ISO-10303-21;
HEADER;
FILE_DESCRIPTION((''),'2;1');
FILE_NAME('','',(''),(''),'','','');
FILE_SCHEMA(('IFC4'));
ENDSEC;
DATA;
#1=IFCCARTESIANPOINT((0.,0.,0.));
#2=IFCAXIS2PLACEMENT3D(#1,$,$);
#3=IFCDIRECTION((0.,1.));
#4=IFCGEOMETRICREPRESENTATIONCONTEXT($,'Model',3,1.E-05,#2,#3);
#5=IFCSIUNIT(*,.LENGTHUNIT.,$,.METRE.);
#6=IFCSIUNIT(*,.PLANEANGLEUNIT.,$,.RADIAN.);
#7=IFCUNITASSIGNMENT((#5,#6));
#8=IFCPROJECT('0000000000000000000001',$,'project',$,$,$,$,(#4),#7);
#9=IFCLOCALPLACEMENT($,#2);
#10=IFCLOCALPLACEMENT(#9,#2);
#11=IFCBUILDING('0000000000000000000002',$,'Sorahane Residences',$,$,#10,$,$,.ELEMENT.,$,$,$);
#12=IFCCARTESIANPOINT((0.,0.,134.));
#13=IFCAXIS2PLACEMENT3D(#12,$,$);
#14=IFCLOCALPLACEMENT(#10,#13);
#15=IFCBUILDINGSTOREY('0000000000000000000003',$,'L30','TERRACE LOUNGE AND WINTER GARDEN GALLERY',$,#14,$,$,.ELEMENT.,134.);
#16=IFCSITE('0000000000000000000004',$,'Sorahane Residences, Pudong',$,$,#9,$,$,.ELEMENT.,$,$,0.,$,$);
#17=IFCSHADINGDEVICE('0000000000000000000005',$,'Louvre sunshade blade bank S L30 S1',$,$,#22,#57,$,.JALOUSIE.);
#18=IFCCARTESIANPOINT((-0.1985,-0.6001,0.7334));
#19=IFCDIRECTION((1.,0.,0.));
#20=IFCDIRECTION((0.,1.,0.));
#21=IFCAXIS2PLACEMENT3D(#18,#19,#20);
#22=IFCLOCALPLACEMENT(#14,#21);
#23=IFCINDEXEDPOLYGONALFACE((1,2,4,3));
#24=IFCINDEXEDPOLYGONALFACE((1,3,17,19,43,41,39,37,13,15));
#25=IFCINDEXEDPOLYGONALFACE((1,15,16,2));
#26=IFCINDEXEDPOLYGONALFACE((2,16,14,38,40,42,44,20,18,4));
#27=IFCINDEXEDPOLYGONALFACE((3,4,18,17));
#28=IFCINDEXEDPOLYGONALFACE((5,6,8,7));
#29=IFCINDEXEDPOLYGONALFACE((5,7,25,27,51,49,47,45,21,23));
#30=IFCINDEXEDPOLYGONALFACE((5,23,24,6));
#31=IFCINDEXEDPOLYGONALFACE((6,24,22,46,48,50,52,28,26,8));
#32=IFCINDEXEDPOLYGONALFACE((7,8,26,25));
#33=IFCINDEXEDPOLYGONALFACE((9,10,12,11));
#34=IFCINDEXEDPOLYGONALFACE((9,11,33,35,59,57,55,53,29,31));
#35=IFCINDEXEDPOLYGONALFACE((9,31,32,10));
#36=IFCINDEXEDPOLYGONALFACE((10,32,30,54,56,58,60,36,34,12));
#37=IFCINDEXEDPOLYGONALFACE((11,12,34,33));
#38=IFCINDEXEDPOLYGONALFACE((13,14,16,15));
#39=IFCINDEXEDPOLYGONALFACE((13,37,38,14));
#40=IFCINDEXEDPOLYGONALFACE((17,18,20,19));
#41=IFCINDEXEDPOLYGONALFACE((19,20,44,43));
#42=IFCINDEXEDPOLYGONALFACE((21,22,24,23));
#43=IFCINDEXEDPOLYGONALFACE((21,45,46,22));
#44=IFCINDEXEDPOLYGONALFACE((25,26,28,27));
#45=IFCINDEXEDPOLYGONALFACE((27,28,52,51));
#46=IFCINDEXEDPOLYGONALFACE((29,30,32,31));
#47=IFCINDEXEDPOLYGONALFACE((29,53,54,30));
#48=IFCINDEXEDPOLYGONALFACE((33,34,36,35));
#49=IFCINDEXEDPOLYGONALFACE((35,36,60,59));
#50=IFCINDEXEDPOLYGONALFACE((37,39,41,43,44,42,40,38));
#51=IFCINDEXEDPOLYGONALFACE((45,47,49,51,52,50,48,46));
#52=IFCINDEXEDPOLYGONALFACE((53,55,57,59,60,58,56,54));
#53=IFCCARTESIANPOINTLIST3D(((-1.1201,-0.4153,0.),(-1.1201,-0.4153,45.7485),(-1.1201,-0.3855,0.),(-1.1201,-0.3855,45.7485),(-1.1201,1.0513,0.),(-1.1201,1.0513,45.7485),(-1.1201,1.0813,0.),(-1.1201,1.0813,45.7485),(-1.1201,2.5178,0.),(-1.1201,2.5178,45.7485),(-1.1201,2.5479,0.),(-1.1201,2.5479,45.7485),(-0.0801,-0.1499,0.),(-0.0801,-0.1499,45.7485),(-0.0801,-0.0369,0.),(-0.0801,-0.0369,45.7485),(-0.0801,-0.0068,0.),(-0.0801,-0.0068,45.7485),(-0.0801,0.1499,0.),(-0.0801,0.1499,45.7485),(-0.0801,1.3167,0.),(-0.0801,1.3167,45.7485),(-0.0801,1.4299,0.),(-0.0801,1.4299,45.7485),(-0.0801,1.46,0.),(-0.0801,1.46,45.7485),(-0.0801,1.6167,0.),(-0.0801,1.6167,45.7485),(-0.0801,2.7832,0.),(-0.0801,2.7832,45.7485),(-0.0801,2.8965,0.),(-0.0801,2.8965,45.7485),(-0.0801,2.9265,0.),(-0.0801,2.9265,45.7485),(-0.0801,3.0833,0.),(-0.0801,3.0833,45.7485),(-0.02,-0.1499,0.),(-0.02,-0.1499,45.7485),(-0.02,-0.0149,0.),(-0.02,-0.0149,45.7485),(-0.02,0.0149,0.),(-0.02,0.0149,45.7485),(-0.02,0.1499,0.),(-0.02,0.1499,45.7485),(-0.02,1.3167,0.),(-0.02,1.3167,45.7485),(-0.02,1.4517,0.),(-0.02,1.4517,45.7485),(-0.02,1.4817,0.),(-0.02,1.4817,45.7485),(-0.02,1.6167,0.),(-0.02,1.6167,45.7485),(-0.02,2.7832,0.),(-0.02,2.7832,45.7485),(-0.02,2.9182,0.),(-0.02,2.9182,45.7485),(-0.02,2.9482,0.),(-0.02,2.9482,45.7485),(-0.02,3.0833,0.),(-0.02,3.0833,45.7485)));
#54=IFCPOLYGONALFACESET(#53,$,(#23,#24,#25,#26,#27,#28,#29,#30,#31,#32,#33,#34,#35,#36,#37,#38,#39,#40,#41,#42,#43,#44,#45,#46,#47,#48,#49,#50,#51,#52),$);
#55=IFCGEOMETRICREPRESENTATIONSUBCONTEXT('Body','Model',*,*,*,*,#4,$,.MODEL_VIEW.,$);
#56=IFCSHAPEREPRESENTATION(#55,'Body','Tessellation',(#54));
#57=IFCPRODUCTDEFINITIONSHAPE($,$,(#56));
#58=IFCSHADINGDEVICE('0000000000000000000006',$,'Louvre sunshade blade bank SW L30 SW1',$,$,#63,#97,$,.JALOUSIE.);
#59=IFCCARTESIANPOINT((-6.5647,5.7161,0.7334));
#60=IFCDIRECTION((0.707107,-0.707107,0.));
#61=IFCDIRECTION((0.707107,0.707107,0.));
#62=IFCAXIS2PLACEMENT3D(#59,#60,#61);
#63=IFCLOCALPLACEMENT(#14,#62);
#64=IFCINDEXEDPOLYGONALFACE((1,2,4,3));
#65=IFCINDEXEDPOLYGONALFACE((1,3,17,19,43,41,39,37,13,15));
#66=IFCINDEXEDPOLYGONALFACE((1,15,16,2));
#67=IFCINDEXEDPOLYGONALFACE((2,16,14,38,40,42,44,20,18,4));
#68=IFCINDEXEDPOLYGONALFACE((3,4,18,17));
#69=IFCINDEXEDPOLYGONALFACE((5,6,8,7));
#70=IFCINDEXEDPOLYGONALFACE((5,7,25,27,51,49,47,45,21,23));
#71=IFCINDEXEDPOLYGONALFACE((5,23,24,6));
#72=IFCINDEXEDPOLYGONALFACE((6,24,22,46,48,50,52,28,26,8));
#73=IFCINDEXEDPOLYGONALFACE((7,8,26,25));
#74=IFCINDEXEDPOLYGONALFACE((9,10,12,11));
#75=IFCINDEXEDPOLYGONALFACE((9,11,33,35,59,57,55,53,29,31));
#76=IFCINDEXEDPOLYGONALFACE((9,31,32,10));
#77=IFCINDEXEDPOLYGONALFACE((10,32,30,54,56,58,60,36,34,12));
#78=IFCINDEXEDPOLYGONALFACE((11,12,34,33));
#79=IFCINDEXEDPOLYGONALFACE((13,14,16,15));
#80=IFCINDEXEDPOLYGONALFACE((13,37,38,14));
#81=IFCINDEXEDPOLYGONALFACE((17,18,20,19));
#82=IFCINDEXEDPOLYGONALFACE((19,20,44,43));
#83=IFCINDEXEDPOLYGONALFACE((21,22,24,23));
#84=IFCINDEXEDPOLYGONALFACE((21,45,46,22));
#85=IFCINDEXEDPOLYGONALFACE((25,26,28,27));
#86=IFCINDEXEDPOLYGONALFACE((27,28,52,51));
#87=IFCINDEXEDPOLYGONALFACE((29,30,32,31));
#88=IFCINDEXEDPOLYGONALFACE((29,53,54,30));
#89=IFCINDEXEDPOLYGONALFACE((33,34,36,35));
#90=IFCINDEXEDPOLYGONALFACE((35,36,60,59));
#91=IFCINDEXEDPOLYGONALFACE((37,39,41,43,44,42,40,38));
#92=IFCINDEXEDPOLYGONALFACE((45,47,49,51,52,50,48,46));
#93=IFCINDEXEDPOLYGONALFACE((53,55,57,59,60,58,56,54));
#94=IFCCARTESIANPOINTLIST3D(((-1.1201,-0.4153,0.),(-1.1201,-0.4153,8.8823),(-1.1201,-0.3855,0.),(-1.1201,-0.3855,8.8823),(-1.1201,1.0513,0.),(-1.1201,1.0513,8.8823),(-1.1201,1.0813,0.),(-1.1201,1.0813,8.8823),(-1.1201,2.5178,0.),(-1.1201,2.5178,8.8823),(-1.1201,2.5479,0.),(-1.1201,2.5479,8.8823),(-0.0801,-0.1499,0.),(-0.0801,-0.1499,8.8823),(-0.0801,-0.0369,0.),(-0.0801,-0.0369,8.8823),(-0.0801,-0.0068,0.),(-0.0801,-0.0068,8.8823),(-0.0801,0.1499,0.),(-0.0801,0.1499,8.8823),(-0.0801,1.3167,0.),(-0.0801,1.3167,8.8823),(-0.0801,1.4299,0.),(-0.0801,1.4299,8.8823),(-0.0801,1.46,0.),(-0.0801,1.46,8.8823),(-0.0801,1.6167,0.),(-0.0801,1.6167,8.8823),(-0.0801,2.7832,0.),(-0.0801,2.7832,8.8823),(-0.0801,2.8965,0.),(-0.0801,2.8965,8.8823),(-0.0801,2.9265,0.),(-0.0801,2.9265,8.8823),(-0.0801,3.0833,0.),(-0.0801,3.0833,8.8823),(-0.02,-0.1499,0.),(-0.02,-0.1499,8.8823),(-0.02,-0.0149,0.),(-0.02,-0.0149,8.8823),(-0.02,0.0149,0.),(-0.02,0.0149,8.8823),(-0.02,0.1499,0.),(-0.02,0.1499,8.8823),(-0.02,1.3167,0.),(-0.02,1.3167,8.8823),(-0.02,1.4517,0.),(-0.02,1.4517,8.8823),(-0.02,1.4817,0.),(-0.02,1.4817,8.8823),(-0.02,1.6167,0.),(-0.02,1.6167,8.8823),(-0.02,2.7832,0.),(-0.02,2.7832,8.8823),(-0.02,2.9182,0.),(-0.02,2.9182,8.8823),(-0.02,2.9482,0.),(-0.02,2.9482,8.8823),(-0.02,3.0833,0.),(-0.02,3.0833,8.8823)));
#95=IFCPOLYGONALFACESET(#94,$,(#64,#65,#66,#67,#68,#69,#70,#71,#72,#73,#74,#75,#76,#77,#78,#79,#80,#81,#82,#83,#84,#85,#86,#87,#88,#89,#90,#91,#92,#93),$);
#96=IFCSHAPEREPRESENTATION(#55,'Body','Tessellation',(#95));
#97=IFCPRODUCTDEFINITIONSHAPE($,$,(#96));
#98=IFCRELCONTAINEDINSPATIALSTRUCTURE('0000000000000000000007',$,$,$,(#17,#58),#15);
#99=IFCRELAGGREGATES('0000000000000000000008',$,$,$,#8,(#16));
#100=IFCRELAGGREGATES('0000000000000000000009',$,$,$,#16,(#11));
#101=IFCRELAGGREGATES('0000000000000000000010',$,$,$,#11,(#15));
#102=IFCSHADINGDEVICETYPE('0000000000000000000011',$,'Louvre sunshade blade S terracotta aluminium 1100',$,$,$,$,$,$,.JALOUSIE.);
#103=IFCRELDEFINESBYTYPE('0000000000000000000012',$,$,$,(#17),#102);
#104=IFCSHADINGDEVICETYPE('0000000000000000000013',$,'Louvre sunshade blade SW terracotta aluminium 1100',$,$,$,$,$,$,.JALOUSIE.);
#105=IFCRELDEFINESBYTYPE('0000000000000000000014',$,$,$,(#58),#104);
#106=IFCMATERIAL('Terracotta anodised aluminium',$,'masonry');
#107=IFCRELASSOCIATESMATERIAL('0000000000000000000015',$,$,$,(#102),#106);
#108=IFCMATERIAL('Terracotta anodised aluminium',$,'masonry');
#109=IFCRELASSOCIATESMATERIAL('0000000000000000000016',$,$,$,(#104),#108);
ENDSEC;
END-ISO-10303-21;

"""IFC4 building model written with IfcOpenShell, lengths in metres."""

from ifc_helpers import new_model, si_unit, direction, frame, origin, place, context, subcontext, project, spatial, polyline, outline, composite_profile, extrude, material, type_object, element, save


model = new_model("IFC4")

# Units and contexts
model_context = context("Model", 3, precision=1e-05, world=origin(), true_north=direction((0.0, 1.0)))
body_context = subcontext(model_context, "Body", "Model", "MODEL_VIEW")
ifc_project = project(units=[si_unit("LENGTHUNIT", "METRE"), si_unit("PLANEANGLEUNIT", "RADIAN")], contexts=[model_context])

# Site, building, storey
site_placement = place(None, origin())
site = spatial("IfcSite", under=ifc_project, at=site_placement, Name="Sorahane Residences, Pudong", CompositionType="ELEMENT", RefElevation=0.0)
building_placement = place(site_placement, origin())
building = spatial("IfcBuilding", under=site, at=building_placement, Name="Sorahane Residences", CompositionType="ELEMENT")
storey_placement = place(building_placement, frame((0.0, 0.0, 134.0)))
storey = spatial("IfcBuildingStorey", under=building, at=storey_placement, Name="L30", Description="TERRACE LOUNGE AND WINTER GARDEN GALLERY", CompositionType="ELEMENT", Elevation=134.0)

# Shading devices
ifc_material_1 = material(Name="Terracotta anodised aluminium", Category="masonry")
shading_device_type_1 = type_object("IfcShadingDeviceType", Name="Louvre sunshade blade S terracotta aluminium 1100", PredefinedType="JALOUSIE", material=ifc_material_1)
shading_device_1_placement = place(storey_placement, frame((-0.1985, -0.6001, 0.7334), z_axis=(1.0, 0.0, 0.0), x_axis=(0.0, 1.0, 0.0)))
element("IfcShadingDevice", 1, at=shading_device_1_placement, inside=storey, type_object=shading_device_type_1, Name="Louvre sunshade blade bank S L30 S1", PredefinedType="JALOUSIE", context=body_context, shape_type="SweptSolid", body=[
    extrude(composite_profile([outline(polyline([(-1.1201, -0.3855), (-1.1201, -0.4153), (-0.0801, -0.0369), (-0.0801, -0.1499), (-0.02, -0.1499), (-0.02, -0.0149), (-0.02, 0.0149), (-0.02, 0.1499), (-0.0801, 0.1499), (-0.0801, -0.0068), (-1.1201, -0.3855)])), outline(polyline([(-1.1201, 1.0813), (-1.1201, 1.0513), (-0.0801, 1.4299), (-0.0801, 1.3167), (-0.02, 1.3167), (-0.02, 1.4517), (-0.02, 1.4817), (-0.02, 1.6167), (-0.0801, 1.6167), (-0.0801, 1.46), (-1.1201, 1.0813)])), outline(polyline([(-1.1201, 2.5479), (-1.1201, 2.5178), (-0.0801, 2.8965), (-0.0801, 2.7832), (-0.02, 2.7832), (-0.02, 2.9182), (-0.02, 2.9482), (-0.02, 3.0833), (-0.0801, 3.0833), (-0.0801, 2.9265), (-1.1201, 2.5479)]))]), origin(), (0.0, 0.0, 1.0), 45.7485),
])
ifc_material_2 = material(Name="Terracotta anodised aluminium", Category="masonry")
shading_device_type_2 = type_object("IfcShadingDeviceType", Name="Louvre sunshade blade SW terracotta aluminium 1100", PredefinedType="JALOUSIE", material=ifc_material_2)
shading_device_2_placement = place(storey_placement, frame((-6.5647, 5.7161, 0.7334), z_axis=(0.707107, -0.707107, 0.0), x_axis=(0.707107, 0.707107, 0.0)))
element("IfcShadingDevice", 2, at=shading_device_2_placement, inside=storey, type_object=shading_device_type_2, Name="Louvre sunshade blade bank SW L30 SW1", PredefinedType="JALOUSIE", context=body_context, shape_type="SweptSolid", body=[
    extrude(composite_profile([outline(polyline([(-1.1201, -0.3855), (-1.1201, -0.4153), (-0.0801, -0.0369), (-0.0801, -0.1499), (-0.02, -0.1499), (-0.02, -0.0149), (-0.02, 0.0149), (-0.02, 0.1499), (-0.0801, 0.1499), (-0.0801, -0.0068), (-1.1201, -0.3855)])), outline(polyline([(-1.1201, 1.0813), (-1.1201, 1.0513), (-0.0801, 1.4299), (-0.0801, 1.3167), (-0.02, 1.3167), (-0.02, 1.4517), (-0.02, 1.4817), (-0.02, 1.6167), (-0.0801, 1.6167), (-0.0801, 1.46), (-1.1201, 1.0813)])), outline(polyline([(-1.1201, 2.5479), (-1.1201, 2.5178), (-0.0801, 2.8965), (-0.0801, 2.7832), (-0.02, 2.7832), (-0.02, 2.9182), (-0.02, 2.9482), (-0.02, 3.0833), (-0.0801, 3.0833), (-0.0801, 2.9265), (-1.1201, 2.5479)]))]), origin(), (0.0, 0.0, 1.0), 8.8823),
])

save(model, "model.ifc")
